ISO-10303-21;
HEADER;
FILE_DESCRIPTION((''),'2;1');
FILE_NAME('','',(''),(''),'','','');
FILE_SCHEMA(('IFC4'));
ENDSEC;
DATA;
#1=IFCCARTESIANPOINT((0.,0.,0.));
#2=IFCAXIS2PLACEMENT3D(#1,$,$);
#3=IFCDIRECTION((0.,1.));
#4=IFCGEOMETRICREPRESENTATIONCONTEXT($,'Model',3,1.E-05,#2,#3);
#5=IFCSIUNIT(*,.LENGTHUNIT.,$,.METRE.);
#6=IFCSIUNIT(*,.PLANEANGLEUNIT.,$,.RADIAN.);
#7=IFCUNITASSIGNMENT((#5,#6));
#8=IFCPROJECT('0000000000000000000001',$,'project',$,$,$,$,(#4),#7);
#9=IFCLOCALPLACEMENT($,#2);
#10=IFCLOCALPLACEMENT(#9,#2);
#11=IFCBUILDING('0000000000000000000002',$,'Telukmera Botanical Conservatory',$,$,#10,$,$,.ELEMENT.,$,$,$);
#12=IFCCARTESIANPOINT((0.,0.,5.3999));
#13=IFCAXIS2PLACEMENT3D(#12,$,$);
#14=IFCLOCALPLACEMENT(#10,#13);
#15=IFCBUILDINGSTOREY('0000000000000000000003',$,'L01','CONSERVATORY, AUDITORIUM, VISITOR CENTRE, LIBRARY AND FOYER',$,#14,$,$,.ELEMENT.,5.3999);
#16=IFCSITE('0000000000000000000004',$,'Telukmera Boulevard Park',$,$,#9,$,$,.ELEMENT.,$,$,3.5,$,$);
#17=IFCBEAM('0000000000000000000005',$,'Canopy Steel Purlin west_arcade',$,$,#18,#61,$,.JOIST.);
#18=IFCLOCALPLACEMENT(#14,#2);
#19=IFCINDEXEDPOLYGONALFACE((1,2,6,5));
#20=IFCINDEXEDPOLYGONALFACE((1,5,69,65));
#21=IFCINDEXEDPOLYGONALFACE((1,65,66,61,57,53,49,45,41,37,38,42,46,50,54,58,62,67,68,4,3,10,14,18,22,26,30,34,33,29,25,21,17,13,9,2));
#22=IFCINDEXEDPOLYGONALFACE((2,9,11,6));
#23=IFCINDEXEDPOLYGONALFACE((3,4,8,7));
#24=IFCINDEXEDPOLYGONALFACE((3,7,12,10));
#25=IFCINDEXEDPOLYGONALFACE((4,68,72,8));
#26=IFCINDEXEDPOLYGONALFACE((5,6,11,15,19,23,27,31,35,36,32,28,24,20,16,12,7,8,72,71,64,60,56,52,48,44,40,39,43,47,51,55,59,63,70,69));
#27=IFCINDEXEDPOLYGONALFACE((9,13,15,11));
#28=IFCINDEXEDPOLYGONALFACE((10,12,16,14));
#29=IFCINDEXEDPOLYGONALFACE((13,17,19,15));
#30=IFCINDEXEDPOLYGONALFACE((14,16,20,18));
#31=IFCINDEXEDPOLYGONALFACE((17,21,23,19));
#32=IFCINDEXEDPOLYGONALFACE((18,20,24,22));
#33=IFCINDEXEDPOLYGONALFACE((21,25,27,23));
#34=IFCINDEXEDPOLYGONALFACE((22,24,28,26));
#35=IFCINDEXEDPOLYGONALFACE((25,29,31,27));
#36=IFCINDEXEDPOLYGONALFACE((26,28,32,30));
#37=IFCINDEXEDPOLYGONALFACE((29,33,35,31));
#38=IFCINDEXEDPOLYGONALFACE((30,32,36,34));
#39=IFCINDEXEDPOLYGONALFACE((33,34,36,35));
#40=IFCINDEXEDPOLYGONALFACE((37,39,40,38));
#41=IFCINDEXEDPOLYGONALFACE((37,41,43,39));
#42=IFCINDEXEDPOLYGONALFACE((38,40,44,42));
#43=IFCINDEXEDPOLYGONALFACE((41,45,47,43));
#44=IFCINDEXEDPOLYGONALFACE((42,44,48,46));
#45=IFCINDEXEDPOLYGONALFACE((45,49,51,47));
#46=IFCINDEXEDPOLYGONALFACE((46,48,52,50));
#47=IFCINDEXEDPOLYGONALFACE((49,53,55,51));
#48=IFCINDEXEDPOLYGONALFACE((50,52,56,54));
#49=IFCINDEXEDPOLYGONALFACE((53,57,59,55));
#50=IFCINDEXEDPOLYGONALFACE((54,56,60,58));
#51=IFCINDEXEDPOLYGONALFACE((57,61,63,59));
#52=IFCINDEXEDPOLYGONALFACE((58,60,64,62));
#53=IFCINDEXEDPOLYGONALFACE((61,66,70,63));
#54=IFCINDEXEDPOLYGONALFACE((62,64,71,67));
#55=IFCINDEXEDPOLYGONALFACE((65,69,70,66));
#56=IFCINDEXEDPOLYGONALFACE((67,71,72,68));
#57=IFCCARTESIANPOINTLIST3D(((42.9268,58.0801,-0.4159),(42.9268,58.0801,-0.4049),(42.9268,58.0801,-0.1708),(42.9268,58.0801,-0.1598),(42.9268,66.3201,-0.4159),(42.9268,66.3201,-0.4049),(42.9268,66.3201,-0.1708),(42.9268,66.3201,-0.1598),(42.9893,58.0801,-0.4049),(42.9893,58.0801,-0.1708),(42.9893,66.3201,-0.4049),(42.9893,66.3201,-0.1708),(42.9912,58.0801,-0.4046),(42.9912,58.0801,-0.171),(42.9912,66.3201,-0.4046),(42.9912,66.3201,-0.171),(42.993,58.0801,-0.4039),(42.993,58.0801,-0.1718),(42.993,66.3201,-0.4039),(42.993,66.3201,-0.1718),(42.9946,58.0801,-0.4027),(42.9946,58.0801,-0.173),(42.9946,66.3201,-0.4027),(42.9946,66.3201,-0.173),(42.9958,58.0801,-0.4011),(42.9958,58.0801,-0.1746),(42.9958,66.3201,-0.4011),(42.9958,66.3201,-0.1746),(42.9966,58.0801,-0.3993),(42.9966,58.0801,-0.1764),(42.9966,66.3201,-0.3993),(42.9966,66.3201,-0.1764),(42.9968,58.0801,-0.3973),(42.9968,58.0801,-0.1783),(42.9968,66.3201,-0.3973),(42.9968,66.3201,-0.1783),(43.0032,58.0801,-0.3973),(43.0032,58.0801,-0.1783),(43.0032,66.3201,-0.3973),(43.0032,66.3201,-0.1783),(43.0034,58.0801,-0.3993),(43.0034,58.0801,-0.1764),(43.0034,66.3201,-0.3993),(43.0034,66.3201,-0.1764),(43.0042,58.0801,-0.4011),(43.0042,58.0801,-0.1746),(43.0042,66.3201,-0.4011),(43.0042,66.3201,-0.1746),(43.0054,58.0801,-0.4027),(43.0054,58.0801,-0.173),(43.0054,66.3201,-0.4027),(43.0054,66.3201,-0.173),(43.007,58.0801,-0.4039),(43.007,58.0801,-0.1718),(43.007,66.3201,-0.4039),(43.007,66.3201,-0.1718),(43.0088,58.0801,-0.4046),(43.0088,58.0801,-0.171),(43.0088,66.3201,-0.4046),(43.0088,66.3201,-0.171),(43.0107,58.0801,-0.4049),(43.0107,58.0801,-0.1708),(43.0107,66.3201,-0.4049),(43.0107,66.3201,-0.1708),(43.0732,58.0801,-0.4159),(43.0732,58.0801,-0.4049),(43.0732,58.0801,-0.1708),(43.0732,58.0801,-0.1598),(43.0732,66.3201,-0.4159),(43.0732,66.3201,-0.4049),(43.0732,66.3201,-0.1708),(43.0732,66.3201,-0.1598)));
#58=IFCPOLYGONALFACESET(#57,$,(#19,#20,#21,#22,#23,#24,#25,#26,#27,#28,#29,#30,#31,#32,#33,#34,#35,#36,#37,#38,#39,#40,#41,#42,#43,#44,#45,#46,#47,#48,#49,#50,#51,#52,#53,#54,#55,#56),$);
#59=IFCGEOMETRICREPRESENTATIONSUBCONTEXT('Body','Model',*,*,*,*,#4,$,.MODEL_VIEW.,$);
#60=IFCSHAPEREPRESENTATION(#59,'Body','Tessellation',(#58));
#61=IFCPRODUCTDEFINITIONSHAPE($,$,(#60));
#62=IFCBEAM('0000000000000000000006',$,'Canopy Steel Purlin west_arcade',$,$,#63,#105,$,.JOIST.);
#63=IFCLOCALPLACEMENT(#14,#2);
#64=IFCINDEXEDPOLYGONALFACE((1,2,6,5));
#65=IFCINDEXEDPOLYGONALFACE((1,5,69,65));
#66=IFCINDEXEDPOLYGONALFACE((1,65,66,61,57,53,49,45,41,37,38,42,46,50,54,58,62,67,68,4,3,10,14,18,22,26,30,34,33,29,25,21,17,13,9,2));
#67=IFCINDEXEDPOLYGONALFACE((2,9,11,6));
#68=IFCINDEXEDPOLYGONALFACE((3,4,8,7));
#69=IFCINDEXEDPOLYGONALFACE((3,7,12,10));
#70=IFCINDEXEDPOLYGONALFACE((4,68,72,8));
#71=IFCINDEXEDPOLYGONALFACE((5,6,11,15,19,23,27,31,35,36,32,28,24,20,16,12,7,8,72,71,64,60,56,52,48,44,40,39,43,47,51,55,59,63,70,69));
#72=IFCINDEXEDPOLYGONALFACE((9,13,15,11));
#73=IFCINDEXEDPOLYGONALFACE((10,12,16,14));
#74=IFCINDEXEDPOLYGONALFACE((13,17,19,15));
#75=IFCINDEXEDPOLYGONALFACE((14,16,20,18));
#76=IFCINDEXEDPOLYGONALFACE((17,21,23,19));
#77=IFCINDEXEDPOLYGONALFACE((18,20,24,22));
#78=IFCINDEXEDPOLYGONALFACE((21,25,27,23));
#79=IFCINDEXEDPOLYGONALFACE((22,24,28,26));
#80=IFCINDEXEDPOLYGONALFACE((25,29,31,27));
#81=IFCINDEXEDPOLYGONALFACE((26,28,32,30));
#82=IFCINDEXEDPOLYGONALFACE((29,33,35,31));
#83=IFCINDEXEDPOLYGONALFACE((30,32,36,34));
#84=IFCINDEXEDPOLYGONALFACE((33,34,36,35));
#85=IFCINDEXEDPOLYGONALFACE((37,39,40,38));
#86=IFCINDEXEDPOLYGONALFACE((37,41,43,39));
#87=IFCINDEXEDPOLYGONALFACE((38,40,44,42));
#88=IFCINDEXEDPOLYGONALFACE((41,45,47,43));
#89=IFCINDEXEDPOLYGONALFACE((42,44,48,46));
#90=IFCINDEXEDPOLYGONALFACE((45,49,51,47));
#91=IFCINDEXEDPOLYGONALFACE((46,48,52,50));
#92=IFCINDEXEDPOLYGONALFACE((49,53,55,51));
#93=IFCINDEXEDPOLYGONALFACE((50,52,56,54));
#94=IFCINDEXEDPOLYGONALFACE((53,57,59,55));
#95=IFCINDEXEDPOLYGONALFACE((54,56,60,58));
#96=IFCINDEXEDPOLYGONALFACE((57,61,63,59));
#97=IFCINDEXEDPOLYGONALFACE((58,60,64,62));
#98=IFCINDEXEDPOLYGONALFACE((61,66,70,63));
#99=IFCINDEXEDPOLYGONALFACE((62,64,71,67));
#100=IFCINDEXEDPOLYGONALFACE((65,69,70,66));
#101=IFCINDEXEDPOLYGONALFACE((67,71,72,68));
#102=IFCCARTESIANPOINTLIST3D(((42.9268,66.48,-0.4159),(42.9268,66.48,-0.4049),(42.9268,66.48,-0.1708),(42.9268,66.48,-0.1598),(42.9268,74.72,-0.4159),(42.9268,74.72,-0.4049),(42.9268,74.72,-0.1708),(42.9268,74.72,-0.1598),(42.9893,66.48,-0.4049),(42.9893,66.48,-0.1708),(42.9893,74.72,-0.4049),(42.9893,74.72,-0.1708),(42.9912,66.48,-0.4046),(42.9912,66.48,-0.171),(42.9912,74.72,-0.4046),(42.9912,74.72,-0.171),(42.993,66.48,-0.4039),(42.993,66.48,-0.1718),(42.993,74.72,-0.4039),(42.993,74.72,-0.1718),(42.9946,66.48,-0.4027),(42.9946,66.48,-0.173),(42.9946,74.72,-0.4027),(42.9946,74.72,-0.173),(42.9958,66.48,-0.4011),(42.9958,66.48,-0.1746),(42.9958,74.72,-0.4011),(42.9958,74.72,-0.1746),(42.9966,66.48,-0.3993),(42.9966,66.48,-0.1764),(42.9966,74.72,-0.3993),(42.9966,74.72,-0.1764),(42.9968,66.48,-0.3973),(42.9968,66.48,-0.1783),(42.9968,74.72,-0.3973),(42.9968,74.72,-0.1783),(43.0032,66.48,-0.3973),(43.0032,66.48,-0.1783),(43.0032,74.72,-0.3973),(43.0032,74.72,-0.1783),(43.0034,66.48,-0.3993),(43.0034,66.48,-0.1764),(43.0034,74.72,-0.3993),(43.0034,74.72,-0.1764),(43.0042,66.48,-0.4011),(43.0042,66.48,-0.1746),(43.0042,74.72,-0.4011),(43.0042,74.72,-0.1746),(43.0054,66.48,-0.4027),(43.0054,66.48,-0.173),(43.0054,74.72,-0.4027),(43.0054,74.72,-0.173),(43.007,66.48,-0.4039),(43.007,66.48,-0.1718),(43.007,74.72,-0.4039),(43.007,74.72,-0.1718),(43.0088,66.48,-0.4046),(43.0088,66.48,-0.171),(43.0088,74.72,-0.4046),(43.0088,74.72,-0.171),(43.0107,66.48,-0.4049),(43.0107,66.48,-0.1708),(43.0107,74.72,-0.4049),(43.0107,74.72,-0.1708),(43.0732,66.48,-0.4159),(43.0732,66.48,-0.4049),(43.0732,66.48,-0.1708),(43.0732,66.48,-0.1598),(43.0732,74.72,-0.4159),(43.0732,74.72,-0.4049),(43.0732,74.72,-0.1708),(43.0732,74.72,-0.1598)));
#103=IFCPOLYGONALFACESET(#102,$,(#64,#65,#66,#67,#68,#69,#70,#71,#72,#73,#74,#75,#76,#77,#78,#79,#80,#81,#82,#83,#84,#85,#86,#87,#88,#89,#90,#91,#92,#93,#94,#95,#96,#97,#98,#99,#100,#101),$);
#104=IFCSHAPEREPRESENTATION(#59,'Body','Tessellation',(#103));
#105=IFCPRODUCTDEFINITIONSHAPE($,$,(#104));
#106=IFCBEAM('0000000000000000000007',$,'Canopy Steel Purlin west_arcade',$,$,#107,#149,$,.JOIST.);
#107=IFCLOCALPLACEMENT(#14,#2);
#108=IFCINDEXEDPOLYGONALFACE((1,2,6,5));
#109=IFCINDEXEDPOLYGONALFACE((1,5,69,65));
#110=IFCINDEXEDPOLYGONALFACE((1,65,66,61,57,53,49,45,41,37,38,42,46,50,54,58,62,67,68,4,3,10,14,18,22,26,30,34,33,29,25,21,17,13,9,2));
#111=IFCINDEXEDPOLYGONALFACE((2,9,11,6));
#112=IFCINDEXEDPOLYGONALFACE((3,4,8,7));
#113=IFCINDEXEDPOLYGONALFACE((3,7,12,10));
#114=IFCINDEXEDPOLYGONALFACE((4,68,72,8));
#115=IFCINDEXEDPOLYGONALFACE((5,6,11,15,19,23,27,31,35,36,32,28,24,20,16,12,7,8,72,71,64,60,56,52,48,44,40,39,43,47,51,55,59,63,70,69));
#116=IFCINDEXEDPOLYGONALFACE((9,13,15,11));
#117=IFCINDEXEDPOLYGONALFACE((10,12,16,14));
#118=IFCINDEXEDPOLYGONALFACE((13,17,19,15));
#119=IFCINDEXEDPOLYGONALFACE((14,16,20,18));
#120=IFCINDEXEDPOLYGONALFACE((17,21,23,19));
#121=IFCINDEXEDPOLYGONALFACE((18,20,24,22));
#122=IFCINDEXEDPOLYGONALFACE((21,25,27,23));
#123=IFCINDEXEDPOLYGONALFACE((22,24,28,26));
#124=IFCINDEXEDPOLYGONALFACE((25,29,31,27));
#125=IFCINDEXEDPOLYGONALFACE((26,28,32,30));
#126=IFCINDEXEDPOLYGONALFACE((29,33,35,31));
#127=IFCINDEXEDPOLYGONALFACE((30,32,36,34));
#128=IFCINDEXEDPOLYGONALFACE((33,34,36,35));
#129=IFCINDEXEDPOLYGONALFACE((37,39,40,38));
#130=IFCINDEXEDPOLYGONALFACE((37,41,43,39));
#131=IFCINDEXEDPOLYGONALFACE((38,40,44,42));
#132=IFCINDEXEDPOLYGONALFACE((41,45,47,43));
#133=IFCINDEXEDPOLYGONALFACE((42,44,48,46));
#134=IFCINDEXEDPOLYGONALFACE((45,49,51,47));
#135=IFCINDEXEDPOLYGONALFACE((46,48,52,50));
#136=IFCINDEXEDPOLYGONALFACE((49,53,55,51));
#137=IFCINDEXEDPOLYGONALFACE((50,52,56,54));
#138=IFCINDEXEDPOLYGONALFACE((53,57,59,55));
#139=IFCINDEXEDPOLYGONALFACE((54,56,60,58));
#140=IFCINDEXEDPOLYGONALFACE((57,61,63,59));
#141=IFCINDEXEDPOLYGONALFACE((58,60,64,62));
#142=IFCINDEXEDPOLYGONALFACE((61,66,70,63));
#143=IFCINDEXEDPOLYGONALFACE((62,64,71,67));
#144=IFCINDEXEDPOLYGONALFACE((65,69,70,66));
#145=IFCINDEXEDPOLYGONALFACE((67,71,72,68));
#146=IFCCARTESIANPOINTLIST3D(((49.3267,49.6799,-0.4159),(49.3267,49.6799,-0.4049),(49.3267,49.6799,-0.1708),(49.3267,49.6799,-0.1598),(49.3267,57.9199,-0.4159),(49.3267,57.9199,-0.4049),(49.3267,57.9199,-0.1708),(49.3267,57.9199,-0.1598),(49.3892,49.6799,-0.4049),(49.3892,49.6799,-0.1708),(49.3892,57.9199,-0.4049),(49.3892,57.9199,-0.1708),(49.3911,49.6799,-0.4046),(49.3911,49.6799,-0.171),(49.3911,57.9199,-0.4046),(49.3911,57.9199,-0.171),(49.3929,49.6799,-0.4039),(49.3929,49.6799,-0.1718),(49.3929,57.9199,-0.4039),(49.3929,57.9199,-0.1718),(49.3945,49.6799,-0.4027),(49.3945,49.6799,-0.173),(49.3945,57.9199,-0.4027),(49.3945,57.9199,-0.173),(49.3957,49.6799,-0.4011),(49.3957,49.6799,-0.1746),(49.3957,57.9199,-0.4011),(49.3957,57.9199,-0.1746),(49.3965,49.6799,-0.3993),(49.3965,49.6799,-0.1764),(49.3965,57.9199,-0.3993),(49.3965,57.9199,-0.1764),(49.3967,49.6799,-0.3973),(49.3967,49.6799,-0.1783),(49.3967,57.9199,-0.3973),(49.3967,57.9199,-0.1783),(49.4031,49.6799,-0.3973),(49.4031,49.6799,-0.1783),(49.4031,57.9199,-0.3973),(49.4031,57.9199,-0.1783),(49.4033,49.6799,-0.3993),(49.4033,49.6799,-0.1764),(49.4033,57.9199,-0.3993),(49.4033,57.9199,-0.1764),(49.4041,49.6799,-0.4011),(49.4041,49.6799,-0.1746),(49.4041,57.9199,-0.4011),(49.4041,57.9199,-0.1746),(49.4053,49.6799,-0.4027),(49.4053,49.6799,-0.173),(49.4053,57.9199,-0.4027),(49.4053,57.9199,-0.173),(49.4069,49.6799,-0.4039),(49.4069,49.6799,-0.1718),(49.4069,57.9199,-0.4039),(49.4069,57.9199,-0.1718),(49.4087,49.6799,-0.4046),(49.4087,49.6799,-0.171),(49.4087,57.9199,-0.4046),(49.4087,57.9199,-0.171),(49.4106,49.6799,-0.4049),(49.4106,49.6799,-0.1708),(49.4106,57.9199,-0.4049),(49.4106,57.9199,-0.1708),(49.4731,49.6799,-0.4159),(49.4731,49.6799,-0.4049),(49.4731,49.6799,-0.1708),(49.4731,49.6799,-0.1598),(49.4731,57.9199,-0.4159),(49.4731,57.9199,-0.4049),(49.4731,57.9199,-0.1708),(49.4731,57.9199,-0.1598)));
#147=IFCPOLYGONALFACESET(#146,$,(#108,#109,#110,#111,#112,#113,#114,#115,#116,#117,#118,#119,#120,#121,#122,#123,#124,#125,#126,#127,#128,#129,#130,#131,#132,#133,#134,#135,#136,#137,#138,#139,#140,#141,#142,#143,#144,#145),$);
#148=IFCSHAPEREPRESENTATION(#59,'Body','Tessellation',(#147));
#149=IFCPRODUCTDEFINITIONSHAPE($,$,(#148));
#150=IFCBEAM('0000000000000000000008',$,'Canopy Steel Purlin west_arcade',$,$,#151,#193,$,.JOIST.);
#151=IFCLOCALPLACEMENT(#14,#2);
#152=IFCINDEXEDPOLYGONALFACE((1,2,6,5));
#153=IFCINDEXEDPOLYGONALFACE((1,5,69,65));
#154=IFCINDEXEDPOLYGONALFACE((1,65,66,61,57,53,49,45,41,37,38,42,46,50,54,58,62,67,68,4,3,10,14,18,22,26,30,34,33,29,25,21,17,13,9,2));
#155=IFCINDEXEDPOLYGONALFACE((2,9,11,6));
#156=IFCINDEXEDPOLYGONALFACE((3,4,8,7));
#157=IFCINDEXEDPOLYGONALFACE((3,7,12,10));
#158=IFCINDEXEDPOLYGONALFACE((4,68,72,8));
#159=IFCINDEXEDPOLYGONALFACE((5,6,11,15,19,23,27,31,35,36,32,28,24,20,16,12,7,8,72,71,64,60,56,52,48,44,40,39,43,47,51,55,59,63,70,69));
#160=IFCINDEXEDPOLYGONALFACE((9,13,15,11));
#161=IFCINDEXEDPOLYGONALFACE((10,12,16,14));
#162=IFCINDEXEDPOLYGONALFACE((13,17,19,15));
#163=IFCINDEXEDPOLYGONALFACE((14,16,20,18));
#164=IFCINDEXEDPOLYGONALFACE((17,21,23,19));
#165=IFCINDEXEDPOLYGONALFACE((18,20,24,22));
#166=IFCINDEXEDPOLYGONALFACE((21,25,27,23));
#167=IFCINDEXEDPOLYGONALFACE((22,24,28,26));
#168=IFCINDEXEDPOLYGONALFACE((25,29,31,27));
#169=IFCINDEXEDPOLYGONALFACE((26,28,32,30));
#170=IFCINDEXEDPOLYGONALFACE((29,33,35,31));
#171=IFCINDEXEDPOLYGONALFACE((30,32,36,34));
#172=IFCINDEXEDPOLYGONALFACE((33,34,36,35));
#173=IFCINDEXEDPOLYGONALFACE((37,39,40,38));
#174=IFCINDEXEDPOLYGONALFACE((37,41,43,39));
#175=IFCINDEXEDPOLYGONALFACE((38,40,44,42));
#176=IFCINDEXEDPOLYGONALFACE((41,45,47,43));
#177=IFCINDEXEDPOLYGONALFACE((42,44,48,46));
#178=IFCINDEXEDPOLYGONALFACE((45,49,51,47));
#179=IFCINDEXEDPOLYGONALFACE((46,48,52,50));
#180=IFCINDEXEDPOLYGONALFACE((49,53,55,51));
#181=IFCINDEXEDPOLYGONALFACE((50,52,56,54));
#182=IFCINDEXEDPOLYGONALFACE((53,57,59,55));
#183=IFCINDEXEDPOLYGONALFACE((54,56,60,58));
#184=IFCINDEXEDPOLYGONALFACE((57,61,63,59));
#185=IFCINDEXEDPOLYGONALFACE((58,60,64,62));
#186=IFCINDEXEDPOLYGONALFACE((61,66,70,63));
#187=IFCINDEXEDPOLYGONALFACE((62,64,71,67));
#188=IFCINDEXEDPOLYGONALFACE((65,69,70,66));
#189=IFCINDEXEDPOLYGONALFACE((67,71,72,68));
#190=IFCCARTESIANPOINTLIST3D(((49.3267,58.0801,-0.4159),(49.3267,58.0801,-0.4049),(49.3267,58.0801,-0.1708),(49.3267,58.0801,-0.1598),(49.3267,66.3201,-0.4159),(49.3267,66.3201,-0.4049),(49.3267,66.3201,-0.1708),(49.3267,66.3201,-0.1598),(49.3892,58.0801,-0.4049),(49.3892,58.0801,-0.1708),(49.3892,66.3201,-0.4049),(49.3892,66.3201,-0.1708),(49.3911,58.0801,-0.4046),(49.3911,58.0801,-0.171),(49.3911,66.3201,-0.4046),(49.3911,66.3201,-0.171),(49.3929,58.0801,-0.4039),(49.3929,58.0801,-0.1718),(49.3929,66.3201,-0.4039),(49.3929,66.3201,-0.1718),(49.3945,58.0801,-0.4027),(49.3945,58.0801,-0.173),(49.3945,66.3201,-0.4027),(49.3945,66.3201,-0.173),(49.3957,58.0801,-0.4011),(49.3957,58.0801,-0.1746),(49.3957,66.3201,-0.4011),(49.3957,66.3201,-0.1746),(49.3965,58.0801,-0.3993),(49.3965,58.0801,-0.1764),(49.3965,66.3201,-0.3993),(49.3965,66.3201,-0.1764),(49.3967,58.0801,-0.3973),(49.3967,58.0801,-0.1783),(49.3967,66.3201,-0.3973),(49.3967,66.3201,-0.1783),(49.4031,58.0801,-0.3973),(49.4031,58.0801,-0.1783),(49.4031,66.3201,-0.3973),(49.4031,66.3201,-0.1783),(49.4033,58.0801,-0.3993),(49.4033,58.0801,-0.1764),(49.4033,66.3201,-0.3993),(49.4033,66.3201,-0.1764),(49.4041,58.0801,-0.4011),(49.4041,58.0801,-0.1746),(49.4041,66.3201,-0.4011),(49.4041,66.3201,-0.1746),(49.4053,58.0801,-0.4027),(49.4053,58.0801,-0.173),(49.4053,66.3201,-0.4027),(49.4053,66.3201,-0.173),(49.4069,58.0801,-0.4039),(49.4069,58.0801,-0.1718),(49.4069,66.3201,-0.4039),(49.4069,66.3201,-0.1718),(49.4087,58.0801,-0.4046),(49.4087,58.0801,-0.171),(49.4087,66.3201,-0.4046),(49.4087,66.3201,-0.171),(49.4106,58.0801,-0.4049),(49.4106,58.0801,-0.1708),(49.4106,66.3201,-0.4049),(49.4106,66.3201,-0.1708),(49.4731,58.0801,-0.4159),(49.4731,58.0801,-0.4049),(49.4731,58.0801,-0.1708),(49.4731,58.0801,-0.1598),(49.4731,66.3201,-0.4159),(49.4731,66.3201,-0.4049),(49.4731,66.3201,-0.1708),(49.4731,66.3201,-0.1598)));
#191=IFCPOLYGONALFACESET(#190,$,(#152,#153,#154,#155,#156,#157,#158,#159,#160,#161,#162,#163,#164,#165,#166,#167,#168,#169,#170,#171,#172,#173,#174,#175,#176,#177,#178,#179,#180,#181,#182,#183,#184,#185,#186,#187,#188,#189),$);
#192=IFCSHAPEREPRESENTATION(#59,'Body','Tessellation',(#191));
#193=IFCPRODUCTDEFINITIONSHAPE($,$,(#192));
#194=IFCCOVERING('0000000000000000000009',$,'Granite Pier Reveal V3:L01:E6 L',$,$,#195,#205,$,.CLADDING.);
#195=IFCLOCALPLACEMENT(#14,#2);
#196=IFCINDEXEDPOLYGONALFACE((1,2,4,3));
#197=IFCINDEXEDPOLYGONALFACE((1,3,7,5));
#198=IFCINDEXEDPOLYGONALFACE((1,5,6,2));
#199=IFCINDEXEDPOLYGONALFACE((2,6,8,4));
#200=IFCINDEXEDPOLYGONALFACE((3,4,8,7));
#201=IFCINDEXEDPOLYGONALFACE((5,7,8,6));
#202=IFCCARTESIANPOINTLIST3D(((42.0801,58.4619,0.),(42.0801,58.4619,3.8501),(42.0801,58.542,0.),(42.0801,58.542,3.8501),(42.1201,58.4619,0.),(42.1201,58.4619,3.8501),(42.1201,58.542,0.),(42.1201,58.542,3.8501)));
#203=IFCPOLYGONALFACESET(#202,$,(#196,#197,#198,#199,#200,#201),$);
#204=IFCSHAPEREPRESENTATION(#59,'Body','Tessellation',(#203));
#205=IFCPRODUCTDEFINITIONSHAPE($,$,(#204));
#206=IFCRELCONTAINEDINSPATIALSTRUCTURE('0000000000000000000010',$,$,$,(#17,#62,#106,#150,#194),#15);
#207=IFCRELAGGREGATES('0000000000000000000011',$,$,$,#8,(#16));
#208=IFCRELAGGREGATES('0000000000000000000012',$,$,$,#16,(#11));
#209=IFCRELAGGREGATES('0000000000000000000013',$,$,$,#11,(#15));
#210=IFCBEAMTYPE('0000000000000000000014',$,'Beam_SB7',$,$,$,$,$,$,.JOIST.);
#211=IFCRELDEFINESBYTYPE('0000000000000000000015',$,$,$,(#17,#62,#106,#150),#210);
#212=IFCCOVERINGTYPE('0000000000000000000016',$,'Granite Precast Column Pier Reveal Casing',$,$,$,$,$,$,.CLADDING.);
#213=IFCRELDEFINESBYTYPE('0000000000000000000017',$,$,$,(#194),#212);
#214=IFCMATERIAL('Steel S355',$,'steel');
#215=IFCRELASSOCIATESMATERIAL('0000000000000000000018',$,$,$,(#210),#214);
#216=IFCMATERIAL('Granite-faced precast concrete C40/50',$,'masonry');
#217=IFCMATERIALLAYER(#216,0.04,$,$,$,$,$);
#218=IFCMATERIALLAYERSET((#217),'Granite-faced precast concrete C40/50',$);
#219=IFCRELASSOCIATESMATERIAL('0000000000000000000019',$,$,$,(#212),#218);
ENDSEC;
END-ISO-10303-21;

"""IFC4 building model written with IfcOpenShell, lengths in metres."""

from ifc_helpers import new_model, si_unit, direction, frame, origin, origin_2d, place, context, subcontext, project, spatial, rectangle, i_section, extrude, material, layer, layer_set, material_profile, profile_set, type_object, element, save


model = new_model("IFC4")

# Units and contexts
model_context = context("Model", 3, precision=1e-05, world=origin(), true_north=direction((0.0, 1.0)))
body_context = subcontext(model_context, "Body", "Model", "MODEL_VIEW")
ifc_project = project(units=[si_unit("LENGTHUNIT", "METRE"), si_unit("PLANEANGLEUNIT", "RADIAN")], contexts=[model_context])

# Site, building, storey
site_placement = place(None, origin())
site = spatial("IfcSite", under=ifc_project, at=site_placement, Name="Telukmera Boulevard Park", CompositionType="ELEMENT", RefElevation=3.5)
building_placement = place(site_placement, origin())
building = spatial("IfcBuilding", under=site, at=building_placement, Name="Telukmera Botanical Conservatory", CompositionType="ELEMENT")
storey_placement = place(building_placement, frame((0.0, 0.0, 5.3999)))
storey = spatial("IfcBuildingStorey", under=building, at=storey_placement, Name="L01", Description="CONSERVATORY, AUDITORIUM, VISITOR CENTRE, LIBRARY AND FOYER", CompositionType="ELEMENT", Elevation=5.3999)

# Beams
ifc_material_1 = material(Name="Steel S355", Category="steel")
ifc_material_profile_1 = material_profile(ifc_material_1, i_section(OverallWidth=0.1465, OverallDepth=0.2561, WebThickness=0.0063, FlangeThickness=0.011, FilletRadius=0.0076, at=origin_2d()), Name="UB 254x146x37")
ifc_profile_set_1 = profile_set([ifc_material_profile_1], Name="Steel S355")
beam_type_1 = type_object("IfcBeamType", Name="Beam_SB7", PredefinedType="JOIST", material=ifc_profile_set_1)
for number, where, z_axis, x_axis, name in (
    (1, (43.0, 58.0801, -0.2878), (0.0, 1.0, 0.0), (-1.0, 0.0, 0.0), "Canopy Steel Purlin west_arcade"),
    (2, (43.0, 66.48, -0.2878), (0.0, 1.0, 0.0), (-1.0, 0.0, 0.0), "Canopy Steel Purlin west_arcade"),
    (3, (49.3999, 49.6799, -0.2878), (0.0, 1.0, 0.0), (-1.0, 0.0, 0.0), "Canopy Steel Purlin west_arcade"),
    (4, (49.3999, 58.0801, -0.2878), (0.0, 1.0, 0.0), (-1.0, 0.0, 0.0), "Canopy Steel Purlin west_arcade"),
):
    element("IfcBeam", number, at=place(storey_placement, frame(where, z_axis=z_axis, x_axis=x_axis)), inside=storey, type_object=beam_type_1, Name=name, PredefinedType="JOIST", context=body_context, shape_type="SweptSolid", body=[
        extrude(i_section(OverallWidth=0.1465, OverallDepth=0.2561, WebThickness=0.0063, FlangeThickness=0.011, FilletRadius=0.0076, at=origin_2d()), origin(), (0.0, 0.0, 1.0), 8.24),
    ])

# Covering
ifc_material_2 = material(Name="Granite-faced precast concrete C40/50", Category="masonry")
ifc_layer_1 = layer(ifc_material_2, 0.04)
ifc_layer_set_1 = layer_set([ifc_layer_1], Name="Granite-faced precast concrete C40/50")
covering_type_1 = type_object("IfcCoveringType", Name="Granite Precast Column Pier Reveal Casing", PredefinedType="CLADDING", material=ifc_layer_set_1)
for number, where, z_axis, x_axis, name in (
    (5, (42.1001, 58.502, 0.0), (0.0, 0.0, 1.0), (0.0, 1.0, 0.0), "Granite Pier Reveal V3:L01:E6 L"),
):
    element("IfcCovering", number, at=place(storey_placement, frame(where, z_axis=z_axis, x_axis=x_axis)), inside=storey, type_object=covering_type_1, Name=name, PredefinedType="CLADDING", context=body_context, shape_type="SweptSolid", body=[
        extrude(rectangle(XDim=0.0801, YDim=0.04, at=origin_2d()), origin(), (0.0, 0.0, 1.0), 3.8501),
    ])

save(model, "model.ifc")
